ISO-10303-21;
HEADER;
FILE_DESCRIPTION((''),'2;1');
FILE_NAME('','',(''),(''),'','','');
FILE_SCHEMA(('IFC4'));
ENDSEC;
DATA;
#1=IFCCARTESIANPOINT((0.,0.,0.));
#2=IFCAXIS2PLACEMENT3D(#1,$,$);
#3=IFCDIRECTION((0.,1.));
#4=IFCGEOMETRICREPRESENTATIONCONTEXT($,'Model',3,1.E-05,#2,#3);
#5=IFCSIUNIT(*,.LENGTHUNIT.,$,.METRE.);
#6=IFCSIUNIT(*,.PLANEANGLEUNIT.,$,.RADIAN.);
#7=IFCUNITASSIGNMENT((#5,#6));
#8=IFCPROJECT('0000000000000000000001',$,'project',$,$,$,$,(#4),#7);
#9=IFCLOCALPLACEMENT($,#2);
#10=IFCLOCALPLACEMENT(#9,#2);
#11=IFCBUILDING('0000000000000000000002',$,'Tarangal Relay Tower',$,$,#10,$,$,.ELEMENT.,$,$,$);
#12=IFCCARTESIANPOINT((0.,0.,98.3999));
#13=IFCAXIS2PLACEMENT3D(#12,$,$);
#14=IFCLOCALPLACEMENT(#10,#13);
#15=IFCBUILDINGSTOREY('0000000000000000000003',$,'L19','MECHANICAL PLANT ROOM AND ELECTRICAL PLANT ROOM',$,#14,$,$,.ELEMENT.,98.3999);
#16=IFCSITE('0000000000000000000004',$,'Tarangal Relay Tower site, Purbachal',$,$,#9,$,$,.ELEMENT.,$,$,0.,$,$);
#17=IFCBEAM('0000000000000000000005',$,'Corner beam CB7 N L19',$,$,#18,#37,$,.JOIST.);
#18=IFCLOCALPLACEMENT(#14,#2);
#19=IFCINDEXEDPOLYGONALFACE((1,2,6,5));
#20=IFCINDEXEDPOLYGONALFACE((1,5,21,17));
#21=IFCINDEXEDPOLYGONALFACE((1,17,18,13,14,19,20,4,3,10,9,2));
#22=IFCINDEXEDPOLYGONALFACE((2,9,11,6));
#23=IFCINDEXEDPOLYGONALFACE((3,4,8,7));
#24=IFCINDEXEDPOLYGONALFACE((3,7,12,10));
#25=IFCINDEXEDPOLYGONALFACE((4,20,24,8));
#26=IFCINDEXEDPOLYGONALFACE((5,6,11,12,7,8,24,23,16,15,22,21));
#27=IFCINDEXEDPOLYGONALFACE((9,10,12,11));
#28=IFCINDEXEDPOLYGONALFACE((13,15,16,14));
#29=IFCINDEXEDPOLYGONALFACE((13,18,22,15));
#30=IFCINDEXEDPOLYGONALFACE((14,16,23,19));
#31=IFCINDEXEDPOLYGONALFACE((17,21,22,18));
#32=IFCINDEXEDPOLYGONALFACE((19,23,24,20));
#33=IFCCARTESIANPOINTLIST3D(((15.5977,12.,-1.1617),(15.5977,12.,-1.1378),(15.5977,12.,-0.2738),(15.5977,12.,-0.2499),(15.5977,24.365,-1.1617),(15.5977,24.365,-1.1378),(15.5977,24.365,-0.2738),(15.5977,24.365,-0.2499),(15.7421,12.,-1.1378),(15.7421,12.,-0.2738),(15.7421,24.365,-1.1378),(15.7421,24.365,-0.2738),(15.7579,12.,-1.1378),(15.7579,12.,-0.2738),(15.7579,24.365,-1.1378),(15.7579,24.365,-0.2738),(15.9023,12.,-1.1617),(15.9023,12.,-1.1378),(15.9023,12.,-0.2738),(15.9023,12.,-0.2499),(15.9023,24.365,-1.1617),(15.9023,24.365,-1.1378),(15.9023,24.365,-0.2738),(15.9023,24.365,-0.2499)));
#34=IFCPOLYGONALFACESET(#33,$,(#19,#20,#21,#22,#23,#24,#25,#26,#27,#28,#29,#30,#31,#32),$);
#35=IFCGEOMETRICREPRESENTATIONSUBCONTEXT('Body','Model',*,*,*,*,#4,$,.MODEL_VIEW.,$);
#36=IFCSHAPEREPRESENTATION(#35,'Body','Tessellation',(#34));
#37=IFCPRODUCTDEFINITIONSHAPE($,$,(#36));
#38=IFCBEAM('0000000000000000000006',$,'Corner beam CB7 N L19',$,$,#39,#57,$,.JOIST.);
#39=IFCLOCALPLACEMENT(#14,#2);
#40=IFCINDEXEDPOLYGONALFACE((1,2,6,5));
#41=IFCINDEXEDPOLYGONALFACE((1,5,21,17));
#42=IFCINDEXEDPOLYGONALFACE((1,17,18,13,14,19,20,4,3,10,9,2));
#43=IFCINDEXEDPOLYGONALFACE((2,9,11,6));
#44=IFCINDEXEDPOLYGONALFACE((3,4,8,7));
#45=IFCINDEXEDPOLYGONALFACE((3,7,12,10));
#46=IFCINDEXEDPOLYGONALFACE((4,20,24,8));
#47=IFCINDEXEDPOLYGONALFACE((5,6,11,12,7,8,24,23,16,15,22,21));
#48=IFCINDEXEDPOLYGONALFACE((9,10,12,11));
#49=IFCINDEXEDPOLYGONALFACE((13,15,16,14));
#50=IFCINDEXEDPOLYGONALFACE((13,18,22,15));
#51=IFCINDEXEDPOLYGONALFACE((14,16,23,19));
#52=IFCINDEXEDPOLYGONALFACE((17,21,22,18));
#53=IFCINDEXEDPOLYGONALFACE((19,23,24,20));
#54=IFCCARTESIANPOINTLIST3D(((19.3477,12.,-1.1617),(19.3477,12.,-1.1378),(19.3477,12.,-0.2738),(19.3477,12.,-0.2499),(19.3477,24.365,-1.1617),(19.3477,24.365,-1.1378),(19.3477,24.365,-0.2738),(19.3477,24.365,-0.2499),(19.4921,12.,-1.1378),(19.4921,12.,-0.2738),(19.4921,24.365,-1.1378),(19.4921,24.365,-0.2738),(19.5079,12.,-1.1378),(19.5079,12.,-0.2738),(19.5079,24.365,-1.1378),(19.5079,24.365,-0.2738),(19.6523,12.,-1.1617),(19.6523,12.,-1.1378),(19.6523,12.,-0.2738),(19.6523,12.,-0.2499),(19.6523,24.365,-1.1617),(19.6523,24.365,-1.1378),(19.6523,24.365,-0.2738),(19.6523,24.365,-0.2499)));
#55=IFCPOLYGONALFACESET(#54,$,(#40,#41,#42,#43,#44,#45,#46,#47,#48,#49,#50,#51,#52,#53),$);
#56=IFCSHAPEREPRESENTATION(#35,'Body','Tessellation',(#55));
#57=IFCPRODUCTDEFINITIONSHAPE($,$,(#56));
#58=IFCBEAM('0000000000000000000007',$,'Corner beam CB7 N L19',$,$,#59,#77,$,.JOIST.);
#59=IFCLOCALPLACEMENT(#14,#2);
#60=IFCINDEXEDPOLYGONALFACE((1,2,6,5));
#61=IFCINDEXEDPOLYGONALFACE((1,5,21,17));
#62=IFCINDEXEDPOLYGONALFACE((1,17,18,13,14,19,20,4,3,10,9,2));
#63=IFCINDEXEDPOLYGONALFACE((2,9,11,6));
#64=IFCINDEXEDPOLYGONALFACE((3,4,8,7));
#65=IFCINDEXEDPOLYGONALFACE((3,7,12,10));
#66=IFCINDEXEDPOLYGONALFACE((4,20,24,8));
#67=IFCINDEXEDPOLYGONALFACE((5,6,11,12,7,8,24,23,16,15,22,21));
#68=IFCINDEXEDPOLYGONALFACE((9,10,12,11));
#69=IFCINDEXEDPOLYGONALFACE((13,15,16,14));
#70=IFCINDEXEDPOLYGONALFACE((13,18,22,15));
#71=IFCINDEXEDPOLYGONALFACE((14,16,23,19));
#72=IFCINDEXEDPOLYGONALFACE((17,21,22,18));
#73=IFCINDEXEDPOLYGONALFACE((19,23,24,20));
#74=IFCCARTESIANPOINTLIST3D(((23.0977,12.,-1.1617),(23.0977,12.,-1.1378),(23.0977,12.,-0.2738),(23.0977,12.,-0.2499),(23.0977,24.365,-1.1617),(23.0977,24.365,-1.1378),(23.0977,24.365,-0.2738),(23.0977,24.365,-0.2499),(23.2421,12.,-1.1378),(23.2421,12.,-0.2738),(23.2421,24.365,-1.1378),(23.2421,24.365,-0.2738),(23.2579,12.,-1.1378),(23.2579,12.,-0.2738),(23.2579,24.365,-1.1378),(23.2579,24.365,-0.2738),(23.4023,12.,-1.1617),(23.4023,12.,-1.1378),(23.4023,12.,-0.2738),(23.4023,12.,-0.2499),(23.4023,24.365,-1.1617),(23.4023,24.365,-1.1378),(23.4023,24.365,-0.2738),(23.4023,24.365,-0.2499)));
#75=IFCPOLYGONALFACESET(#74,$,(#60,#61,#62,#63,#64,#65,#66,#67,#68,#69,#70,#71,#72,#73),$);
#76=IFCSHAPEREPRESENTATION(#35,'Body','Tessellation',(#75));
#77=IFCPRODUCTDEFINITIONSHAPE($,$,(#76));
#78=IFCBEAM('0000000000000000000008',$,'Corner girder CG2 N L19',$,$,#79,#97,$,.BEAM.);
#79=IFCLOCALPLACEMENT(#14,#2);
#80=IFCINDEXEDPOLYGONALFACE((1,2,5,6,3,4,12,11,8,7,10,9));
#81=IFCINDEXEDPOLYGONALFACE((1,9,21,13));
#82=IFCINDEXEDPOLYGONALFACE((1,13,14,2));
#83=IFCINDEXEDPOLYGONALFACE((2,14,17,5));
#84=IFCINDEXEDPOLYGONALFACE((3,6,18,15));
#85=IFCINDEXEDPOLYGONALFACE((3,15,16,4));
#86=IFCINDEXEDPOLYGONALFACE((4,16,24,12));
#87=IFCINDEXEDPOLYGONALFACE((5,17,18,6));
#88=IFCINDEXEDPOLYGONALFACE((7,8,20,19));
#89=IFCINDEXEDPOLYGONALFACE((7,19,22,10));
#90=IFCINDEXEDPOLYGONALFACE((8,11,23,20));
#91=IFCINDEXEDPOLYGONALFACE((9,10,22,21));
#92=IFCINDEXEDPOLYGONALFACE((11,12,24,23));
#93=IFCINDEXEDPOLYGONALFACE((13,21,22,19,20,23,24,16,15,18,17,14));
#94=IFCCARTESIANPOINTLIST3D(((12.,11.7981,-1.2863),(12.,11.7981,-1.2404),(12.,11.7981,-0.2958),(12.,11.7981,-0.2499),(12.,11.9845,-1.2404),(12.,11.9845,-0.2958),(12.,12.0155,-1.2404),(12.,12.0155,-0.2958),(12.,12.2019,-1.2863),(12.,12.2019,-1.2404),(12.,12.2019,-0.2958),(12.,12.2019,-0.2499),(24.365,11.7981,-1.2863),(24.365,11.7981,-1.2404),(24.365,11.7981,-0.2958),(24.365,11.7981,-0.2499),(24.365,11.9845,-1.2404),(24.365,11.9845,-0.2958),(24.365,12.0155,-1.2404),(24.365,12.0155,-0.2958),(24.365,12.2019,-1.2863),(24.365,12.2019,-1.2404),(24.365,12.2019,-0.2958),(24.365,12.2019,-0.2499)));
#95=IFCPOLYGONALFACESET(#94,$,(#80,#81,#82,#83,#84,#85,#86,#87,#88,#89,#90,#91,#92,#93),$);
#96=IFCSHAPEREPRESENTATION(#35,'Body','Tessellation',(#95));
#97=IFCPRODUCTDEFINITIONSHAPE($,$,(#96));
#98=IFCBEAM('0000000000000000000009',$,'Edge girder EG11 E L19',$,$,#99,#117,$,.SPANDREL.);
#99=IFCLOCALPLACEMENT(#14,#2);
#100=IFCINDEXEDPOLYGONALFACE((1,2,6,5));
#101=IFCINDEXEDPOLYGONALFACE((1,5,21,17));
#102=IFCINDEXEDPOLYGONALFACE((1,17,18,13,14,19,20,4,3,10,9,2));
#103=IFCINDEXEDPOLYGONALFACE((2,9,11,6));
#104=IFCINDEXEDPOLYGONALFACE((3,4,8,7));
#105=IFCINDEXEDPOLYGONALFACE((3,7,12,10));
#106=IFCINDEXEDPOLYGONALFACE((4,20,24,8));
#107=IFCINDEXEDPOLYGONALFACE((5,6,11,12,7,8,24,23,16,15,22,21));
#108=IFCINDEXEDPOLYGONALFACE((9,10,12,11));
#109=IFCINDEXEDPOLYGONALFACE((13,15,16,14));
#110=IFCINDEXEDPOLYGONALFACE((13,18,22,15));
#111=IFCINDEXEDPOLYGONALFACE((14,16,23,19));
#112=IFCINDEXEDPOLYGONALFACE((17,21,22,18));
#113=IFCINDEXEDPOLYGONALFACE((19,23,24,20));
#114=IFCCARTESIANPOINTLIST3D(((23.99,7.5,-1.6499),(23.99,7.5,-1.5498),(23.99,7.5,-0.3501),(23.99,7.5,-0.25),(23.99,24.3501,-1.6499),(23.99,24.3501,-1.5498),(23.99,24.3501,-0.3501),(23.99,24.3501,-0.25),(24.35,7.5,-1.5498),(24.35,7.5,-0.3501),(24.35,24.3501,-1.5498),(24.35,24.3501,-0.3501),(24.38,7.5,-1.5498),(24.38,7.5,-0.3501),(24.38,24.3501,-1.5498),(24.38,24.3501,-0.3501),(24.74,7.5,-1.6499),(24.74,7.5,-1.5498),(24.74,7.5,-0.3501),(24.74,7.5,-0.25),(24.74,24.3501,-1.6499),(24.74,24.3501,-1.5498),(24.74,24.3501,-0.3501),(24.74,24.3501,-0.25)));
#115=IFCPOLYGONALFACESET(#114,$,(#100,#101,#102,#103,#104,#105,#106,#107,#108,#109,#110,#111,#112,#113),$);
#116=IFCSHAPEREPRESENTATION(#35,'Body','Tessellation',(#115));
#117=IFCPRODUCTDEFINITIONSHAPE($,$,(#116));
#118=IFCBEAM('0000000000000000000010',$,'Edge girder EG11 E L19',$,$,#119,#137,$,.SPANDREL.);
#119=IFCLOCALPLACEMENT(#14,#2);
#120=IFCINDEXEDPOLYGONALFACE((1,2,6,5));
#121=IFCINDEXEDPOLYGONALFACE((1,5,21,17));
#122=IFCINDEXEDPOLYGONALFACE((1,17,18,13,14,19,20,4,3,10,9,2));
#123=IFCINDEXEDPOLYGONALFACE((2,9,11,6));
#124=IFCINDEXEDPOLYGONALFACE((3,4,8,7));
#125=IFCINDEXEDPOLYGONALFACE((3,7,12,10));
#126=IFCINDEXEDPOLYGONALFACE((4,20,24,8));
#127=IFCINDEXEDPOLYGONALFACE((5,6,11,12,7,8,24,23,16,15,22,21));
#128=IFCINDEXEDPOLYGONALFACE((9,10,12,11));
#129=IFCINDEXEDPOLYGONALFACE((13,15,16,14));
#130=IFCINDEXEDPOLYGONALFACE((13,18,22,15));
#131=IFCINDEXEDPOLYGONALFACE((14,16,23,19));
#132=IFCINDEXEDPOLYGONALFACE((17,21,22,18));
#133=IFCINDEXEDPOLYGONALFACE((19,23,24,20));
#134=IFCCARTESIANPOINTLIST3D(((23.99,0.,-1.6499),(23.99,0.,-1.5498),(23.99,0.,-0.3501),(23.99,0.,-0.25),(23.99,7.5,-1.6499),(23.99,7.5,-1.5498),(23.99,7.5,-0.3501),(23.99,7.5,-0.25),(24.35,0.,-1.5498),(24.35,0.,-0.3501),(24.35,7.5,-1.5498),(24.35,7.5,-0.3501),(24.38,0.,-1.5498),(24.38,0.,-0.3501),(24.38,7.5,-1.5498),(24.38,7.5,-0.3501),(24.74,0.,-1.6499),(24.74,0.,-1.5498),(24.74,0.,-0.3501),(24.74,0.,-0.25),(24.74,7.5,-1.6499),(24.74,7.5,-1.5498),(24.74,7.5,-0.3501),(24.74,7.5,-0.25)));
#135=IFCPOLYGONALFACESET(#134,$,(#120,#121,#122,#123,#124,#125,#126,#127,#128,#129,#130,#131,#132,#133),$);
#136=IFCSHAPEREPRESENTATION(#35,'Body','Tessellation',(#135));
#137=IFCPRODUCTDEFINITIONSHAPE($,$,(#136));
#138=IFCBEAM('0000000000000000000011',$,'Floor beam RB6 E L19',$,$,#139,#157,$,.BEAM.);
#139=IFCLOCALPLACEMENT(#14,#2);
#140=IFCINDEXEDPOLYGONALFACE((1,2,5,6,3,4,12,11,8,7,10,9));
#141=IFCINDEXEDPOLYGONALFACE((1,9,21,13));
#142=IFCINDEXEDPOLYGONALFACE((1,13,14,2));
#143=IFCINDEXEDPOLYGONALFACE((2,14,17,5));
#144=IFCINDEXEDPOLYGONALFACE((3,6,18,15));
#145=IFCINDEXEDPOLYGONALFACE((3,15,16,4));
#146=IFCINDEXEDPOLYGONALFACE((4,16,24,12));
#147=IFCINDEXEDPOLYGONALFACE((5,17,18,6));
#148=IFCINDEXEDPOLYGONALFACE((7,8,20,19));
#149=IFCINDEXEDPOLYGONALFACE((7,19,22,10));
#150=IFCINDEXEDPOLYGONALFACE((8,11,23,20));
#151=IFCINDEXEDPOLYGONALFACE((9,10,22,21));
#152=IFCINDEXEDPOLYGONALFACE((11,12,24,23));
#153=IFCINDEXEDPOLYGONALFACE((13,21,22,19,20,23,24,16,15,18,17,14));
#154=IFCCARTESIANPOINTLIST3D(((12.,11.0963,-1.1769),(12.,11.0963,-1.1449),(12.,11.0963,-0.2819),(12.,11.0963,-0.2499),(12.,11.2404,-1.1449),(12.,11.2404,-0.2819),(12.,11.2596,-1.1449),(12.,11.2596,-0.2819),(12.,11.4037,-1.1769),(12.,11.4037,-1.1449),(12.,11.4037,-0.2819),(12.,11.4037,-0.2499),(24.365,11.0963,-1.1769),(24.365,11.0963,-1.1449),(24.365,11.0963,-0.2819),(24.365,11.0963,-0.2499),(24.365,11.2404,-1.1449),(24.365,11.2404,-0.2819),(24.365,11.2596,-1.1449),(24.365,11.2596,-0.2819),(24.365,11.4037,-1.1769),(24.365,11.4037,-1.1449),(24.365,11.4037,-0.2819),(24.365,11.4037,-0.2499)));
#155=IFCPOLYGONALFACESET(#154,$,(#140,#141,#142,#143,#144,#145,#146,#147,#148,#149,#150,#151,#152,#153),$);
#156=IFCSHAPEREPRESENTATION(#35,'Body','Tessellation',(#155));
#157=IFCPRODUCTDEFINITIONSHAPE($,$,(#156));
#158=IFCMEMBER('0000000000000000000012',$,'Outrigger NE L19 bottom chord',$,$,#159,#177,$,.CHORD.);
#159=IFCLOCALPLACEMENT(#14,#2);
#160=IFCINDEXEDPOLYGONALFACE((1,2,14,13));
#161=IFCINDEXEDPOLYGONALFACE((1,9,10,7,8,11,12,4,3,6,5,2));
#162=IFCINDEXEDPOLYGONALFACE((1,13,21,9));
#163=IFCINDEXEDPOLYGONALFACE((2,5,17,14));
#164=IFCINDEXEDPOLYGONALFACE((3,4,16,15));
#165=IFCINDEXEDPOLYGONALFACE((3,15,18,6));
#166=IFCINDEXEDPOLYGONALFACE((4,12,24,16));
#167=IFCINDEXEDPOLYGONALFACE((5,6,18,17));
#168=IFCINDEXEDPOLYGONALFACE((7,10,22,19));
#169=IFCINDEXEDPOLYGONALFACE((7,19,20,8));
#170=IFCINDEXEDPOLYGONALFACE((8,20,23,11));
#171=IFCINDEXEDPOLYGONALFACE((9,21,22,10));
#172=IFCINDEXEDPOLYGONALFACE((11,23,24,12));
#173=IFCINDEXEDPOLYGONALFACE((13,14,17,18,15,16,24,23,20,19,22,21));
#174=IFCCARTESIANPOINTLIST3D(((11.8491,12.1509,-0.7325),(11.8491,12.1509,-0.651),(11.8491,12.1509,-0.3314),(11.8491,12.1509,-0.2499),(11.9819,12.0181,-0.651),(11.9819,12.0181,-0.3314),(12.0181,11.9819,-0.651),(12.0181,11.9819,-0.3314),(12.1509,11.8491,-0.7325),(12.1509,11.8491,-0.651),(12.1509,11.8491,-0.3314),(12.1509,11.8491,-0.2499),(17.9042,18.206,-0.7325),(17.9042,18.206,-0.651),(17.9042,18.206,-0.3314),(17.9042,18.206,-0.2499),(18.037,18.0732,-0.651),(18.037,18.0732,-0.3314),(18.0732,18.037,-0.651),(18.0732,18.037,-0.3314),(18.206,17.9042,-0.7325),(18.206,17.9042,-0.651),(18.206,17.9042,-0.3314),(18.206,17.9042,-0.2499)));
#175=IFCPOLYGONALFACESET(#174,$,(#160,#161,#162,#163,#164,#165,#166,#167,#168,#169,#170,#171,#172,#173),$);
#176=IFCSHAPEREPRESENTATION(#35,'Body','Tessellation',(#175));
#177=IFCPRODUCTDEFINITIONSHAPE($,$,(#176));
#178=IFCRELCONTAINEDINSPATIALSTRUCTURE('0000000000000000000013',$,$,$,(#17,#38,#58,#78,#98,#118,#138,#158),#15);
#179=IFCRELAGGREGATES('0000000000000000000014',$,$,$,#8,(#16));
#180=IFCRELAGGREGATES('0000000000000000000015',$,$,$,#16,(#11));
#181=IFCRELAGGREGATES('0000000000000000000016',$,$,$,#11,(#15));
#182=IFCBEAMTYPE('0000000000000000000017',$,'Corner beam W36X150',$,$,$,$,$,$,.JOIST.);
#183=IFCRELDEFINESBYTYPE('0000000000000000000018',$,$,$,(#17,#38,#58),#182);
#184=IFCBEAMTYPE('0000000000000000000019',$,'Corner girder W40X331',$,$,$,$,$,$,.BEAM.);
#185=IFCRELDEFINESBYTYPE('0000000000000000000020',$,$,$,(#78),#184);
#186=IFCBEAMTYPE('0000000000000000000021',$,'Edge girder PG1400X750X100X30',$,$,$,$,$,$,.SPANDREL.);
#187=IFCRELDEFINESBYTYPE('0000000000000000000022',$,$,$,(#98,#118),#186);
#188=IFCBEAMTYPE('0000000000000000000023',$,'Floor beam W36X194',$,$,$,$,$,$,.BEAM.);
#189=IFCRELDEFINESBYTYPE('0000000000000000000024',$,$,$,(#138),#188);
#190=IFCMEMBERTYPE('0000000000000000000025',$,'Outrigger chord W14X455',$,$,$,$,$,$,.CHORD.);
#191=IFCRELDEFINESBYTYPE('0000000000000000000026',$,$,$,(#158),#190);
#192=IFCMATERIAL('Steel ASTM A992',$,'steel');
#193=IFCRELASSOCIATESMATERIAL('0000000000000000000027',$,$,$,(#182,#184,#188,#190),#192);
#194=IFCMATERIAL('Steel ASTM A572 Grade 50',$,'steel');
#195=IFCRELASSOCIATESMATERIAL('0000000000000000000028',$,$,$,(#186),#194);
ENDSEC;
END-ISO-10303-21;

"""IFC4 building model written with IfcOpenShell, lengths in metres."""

from ifc_helpers import new_model, si_unit, direction, frame, origin, origin_2d, place, context, subcontext, project, spatial, i_section, extrude, material, material_profile, profile_set, type_object, element, save


model = new_model("IFC4")

# Units and contexts
model_context = context("Model", 3, precision=1e-05, world=origin(), true_north=direction((0.0, 1.0)))
body_context = subcontext(model_context, "Body", "Model", "MODEL_VIEW")
ifc_project = project(units=[si_unit("LENGTHUNIT", "METRE"), si_unit("PLANEANGLEUNIT", "RADIAN")], contexts=[model_context])

# Site, building, storey
site_placement = place(None, origin())
site = spatial("IfcSite", under=ifc_project, at=site_placement, Name="Tarangal Relay Tower site, Purbachal", CompositionType="ELEMENT", RefElevation=0.0)
building_placement = place(site_placement, origin())
building = spatial("IfcBuilding", under=site, at=building_placement, Name="Tarangal Relay Tower", CompositionType="ELEMENT")
storey_placement = place(building_placement, frame((0.0, 0.0, 98.3999)))
storey = spatial("IfcBuildingStorey", under=building, at=storey_placement, Name="L19", Description="MECHANICAL PLANT ROOM AND ELECTRICAL PLANT ROOM", CompositionType="ELEMENT", Elevation=98.3999)

# Beams
ifc_material_1 = material(Name="Steel ASTM A992", Category="steel")
ifc_material_profile_1 = material_profile(ifc_material_1, i_section(OverallWidth=0.3047, OverallDepth=0.9119, WebThickness=0.0159, FlangeThickness=0.0239, at=origin_2d()), Name="W36X150")
ifc_profile_set_1 = profile_set([ifc_material_profile_1], Name="Steel ASTM A992")
beam_type_1 = type_object("IfcBeamType", Name="Corner beam W36X150", PredefinedType="JOIST", material=ifc_profile_set_1)
for number, where, z_axis, x_axis, name in (
    (1, (15.75, 12.0, -0.7058), (0.0, 1.0, 0.0), (-1.0, 0.0, 0.0), "Corner beam CB7 N L19"),
    (2, (19.5, 12.0, -0.7058), (0.0, 1.0, 0.0), (-1.0, 0.0, 0.0), "Corner beam CB7 N L19"),
    (3, (23.25, 12.0, -0.7058), (0.0, 1.0, 0.0), (-1.0, 0.0, 0.0), "Corner beam CB7 N L19"),
):
    element("IfcBeam", number, at=place(storey_placement, frame(where, z_axis=z_axis, x_axis=x_axis)), inside=storey, type_object=beam_type_1, Name=name, PredefinedType="JOIST", context=body_context, shape_type="SweptSolid", body=[
        extrude(i_section(OverallWidth=0.3047, OverallDepth=0.9119, WebThickness=0.0159, FlangeThickness=0.0239, at=origin_2d()), origin(), (0.0, 0.0, 1.0), 12.365),
    ])
ifc_material_profile_2 = material_profile(ifc_material_1, i_section(OverallWidth=0.4038, OverallDepth=1.0364, WebThickness=0.031, FlangeThickness=0.0459, at=origin_2d()), Name="W40X331")
ifc_profile_set_2 = profile_set([ifc_material_profile_2], Name="Steel ASTM A992")
beam_type_2 = type_object("IfcBeamType", Name="Corner girder W40X331", PredefinedType="BEAM", material=ifc_profile_set_2)
beam_1_placement = place(storey_placement, frame((12.0, 12.0, -0.7681), z_axis=(1.0, 0.0, 0.0), x_axis=(0.0, 1.0, 0.0)))
element("IfcBeam", 4, at=beam_1_placement, inside=storey, type_object=beam_type_2, Name="Corner girder CG2 N L19", PredefinedType="BEAM", context=body_context, shape_type="SweptSolid", body=[
    extrude(i_section(OverallWidth=0.4038, OverallDepth=1.0364, WebThickness=0.031, FlangeThickness=0.0459, at=origin_2d()), origin(), (0.0, 0.0, 1.0), 12.365),
])
ifc_material_2 = material(Name="Steel ASTM A572 Grade 50", Category="steel")
ifc_material_profile_3 = material_profile(ifc_material_2, i_section(OverallWidth=0.75, OverallDepth=1.3999, WebThickness=0.03, FlangeThickness=0.1001, at=origin_2d()), Name="PG1400X750X100X30")
ifc_profile_set_3 = profile_set([ifc_material_profile_3], Name="Steel ASTM A572 Grade 50")
beam_type_3 = type_object("IfcBeamType", Name="Edge girder PG1400X750X100X30", PredefinedType="SPANDREL", material=ifc_profile_set_3)
beam_2_placement = place(storey_placement, frame((24.365, 24.3501, -0.95), z_axis=(0.0, -1.0, 0.0), x_axis=(1.0, 0.0, 0.0)))
element("IfcBeam", 5, at=beam_2_placement, inside=storey, type_object=beam_type_3, Name="Edge girder EG11 E L19", PredefinedType="SPANDREL", context=body_context, shape_type="SweptSolid", body=[
    extrude(i_section(OverallWidth=0.75, OverallDepth=1.3999, WebThickness=0.03, FlangeThickness=0.1001, at=origin_2d()), origin(), (0.0, 0.0, 1.0), 16.8501),
])
beam_3_placement = place(storey_placement, frame((24.365, 7.5, -0.95), z_axis=(0.0, -1.0, 0.0), x_axis=(1.0, 0.0, 0.0)))
element("IfcBeam", 6, at=beam_3_placement, inside=storey, type_object=beam_type_3, Name="Edge girder EG11 E L19", PredefinedType="SPANDREL", context=body_context, shape_type="SweptSolid", body=[
    extrude(i_section(OverallWidth=0.75, OverallDepth=1.3999, WebThickness=0.03, FlangeThickness=0.1001, at=origin_2d()), origin(), (0.0, 0.0, 1.0), 7.5),
])
ifc_material_profile_4 = material_profile(ifc_material_1, i_section(OverallWidth=0.3074, OverallDepth=0.927, WebThickness=0.0193, FlangeThickness=0.032, at=origin_2d()), Name="W36X194")
ifc_profile_set_4 = profile_set([ifc_material_profile_4], Name="Steel ASTM A992")
beam_type_4 = type_object("IfcBeamType", Name="Floor beam W36X194", PredefinedType="BEAM", material=ifc_profile_set_4)
beam_4_placement = place(storey_placement, frame((12.0, 11.25, -0.7134), z_axis=(1.0, 0.0, 0.0), x_axis=(0.0, 1.0, 0.0)))
element("IfcBeam", 7, at=beam_4_placement, inside=storey, type_object=beam_type_4, Name="Floor beam RB6 E L19", PredefinedType="BEAM", context=body_context, shape_type="SweptSolid", body=[
    extrude(i_section(OverallWidth=0.3074, OverallDepth=0.927, WebThickness=0.0193, FlangeThickness=0.032, at=origin_2d()), origin(), (0.0, 0.0, 1.0), 12.365),
])

# Member
ifc_material_profile_5 = material_profile(ifc_material_1, i_section(OverallWidth=0.4268, OverallDepth=0.4827, WebThickness=0.0513, FlangeThickness=0.0815, at=origin_2d()), Name="W14X455")
ifc_profile_set_5 = profile_set([ifc_material_profile_5], Name="Steel ASTM A992")
member_type_1 = type_object("IfcMemberType", Name="Outrigger chord W14X455", PredefinedType="CHORD", material=ifc_profile_set_5)
member_1_placement = place(storey_placement, frame((12.0, 12.0, -0.4912), z_axis=(0.707107, 0.707107, 0.0), x_axis=(-0.707107, 0.707107, 0.0)))
element("IfcMember", 8, at=member_1_placement, inside=storey, type_object=member_type_1, Name="Outrigger NE L19 bottom chord", PredefinedType="CHORD", context=body_context, shape_type="SweptSolid", body=[
    extrude(i_section(OverallWidth=0.4268, OverallDepth=0.4827, WebThickness=0.0513, FlangeThickness=0.0815, at=origin_2d()), origin(), (0.0, 0.0, 1.0), 8.5632),
])

save(model, "model.ifc")
